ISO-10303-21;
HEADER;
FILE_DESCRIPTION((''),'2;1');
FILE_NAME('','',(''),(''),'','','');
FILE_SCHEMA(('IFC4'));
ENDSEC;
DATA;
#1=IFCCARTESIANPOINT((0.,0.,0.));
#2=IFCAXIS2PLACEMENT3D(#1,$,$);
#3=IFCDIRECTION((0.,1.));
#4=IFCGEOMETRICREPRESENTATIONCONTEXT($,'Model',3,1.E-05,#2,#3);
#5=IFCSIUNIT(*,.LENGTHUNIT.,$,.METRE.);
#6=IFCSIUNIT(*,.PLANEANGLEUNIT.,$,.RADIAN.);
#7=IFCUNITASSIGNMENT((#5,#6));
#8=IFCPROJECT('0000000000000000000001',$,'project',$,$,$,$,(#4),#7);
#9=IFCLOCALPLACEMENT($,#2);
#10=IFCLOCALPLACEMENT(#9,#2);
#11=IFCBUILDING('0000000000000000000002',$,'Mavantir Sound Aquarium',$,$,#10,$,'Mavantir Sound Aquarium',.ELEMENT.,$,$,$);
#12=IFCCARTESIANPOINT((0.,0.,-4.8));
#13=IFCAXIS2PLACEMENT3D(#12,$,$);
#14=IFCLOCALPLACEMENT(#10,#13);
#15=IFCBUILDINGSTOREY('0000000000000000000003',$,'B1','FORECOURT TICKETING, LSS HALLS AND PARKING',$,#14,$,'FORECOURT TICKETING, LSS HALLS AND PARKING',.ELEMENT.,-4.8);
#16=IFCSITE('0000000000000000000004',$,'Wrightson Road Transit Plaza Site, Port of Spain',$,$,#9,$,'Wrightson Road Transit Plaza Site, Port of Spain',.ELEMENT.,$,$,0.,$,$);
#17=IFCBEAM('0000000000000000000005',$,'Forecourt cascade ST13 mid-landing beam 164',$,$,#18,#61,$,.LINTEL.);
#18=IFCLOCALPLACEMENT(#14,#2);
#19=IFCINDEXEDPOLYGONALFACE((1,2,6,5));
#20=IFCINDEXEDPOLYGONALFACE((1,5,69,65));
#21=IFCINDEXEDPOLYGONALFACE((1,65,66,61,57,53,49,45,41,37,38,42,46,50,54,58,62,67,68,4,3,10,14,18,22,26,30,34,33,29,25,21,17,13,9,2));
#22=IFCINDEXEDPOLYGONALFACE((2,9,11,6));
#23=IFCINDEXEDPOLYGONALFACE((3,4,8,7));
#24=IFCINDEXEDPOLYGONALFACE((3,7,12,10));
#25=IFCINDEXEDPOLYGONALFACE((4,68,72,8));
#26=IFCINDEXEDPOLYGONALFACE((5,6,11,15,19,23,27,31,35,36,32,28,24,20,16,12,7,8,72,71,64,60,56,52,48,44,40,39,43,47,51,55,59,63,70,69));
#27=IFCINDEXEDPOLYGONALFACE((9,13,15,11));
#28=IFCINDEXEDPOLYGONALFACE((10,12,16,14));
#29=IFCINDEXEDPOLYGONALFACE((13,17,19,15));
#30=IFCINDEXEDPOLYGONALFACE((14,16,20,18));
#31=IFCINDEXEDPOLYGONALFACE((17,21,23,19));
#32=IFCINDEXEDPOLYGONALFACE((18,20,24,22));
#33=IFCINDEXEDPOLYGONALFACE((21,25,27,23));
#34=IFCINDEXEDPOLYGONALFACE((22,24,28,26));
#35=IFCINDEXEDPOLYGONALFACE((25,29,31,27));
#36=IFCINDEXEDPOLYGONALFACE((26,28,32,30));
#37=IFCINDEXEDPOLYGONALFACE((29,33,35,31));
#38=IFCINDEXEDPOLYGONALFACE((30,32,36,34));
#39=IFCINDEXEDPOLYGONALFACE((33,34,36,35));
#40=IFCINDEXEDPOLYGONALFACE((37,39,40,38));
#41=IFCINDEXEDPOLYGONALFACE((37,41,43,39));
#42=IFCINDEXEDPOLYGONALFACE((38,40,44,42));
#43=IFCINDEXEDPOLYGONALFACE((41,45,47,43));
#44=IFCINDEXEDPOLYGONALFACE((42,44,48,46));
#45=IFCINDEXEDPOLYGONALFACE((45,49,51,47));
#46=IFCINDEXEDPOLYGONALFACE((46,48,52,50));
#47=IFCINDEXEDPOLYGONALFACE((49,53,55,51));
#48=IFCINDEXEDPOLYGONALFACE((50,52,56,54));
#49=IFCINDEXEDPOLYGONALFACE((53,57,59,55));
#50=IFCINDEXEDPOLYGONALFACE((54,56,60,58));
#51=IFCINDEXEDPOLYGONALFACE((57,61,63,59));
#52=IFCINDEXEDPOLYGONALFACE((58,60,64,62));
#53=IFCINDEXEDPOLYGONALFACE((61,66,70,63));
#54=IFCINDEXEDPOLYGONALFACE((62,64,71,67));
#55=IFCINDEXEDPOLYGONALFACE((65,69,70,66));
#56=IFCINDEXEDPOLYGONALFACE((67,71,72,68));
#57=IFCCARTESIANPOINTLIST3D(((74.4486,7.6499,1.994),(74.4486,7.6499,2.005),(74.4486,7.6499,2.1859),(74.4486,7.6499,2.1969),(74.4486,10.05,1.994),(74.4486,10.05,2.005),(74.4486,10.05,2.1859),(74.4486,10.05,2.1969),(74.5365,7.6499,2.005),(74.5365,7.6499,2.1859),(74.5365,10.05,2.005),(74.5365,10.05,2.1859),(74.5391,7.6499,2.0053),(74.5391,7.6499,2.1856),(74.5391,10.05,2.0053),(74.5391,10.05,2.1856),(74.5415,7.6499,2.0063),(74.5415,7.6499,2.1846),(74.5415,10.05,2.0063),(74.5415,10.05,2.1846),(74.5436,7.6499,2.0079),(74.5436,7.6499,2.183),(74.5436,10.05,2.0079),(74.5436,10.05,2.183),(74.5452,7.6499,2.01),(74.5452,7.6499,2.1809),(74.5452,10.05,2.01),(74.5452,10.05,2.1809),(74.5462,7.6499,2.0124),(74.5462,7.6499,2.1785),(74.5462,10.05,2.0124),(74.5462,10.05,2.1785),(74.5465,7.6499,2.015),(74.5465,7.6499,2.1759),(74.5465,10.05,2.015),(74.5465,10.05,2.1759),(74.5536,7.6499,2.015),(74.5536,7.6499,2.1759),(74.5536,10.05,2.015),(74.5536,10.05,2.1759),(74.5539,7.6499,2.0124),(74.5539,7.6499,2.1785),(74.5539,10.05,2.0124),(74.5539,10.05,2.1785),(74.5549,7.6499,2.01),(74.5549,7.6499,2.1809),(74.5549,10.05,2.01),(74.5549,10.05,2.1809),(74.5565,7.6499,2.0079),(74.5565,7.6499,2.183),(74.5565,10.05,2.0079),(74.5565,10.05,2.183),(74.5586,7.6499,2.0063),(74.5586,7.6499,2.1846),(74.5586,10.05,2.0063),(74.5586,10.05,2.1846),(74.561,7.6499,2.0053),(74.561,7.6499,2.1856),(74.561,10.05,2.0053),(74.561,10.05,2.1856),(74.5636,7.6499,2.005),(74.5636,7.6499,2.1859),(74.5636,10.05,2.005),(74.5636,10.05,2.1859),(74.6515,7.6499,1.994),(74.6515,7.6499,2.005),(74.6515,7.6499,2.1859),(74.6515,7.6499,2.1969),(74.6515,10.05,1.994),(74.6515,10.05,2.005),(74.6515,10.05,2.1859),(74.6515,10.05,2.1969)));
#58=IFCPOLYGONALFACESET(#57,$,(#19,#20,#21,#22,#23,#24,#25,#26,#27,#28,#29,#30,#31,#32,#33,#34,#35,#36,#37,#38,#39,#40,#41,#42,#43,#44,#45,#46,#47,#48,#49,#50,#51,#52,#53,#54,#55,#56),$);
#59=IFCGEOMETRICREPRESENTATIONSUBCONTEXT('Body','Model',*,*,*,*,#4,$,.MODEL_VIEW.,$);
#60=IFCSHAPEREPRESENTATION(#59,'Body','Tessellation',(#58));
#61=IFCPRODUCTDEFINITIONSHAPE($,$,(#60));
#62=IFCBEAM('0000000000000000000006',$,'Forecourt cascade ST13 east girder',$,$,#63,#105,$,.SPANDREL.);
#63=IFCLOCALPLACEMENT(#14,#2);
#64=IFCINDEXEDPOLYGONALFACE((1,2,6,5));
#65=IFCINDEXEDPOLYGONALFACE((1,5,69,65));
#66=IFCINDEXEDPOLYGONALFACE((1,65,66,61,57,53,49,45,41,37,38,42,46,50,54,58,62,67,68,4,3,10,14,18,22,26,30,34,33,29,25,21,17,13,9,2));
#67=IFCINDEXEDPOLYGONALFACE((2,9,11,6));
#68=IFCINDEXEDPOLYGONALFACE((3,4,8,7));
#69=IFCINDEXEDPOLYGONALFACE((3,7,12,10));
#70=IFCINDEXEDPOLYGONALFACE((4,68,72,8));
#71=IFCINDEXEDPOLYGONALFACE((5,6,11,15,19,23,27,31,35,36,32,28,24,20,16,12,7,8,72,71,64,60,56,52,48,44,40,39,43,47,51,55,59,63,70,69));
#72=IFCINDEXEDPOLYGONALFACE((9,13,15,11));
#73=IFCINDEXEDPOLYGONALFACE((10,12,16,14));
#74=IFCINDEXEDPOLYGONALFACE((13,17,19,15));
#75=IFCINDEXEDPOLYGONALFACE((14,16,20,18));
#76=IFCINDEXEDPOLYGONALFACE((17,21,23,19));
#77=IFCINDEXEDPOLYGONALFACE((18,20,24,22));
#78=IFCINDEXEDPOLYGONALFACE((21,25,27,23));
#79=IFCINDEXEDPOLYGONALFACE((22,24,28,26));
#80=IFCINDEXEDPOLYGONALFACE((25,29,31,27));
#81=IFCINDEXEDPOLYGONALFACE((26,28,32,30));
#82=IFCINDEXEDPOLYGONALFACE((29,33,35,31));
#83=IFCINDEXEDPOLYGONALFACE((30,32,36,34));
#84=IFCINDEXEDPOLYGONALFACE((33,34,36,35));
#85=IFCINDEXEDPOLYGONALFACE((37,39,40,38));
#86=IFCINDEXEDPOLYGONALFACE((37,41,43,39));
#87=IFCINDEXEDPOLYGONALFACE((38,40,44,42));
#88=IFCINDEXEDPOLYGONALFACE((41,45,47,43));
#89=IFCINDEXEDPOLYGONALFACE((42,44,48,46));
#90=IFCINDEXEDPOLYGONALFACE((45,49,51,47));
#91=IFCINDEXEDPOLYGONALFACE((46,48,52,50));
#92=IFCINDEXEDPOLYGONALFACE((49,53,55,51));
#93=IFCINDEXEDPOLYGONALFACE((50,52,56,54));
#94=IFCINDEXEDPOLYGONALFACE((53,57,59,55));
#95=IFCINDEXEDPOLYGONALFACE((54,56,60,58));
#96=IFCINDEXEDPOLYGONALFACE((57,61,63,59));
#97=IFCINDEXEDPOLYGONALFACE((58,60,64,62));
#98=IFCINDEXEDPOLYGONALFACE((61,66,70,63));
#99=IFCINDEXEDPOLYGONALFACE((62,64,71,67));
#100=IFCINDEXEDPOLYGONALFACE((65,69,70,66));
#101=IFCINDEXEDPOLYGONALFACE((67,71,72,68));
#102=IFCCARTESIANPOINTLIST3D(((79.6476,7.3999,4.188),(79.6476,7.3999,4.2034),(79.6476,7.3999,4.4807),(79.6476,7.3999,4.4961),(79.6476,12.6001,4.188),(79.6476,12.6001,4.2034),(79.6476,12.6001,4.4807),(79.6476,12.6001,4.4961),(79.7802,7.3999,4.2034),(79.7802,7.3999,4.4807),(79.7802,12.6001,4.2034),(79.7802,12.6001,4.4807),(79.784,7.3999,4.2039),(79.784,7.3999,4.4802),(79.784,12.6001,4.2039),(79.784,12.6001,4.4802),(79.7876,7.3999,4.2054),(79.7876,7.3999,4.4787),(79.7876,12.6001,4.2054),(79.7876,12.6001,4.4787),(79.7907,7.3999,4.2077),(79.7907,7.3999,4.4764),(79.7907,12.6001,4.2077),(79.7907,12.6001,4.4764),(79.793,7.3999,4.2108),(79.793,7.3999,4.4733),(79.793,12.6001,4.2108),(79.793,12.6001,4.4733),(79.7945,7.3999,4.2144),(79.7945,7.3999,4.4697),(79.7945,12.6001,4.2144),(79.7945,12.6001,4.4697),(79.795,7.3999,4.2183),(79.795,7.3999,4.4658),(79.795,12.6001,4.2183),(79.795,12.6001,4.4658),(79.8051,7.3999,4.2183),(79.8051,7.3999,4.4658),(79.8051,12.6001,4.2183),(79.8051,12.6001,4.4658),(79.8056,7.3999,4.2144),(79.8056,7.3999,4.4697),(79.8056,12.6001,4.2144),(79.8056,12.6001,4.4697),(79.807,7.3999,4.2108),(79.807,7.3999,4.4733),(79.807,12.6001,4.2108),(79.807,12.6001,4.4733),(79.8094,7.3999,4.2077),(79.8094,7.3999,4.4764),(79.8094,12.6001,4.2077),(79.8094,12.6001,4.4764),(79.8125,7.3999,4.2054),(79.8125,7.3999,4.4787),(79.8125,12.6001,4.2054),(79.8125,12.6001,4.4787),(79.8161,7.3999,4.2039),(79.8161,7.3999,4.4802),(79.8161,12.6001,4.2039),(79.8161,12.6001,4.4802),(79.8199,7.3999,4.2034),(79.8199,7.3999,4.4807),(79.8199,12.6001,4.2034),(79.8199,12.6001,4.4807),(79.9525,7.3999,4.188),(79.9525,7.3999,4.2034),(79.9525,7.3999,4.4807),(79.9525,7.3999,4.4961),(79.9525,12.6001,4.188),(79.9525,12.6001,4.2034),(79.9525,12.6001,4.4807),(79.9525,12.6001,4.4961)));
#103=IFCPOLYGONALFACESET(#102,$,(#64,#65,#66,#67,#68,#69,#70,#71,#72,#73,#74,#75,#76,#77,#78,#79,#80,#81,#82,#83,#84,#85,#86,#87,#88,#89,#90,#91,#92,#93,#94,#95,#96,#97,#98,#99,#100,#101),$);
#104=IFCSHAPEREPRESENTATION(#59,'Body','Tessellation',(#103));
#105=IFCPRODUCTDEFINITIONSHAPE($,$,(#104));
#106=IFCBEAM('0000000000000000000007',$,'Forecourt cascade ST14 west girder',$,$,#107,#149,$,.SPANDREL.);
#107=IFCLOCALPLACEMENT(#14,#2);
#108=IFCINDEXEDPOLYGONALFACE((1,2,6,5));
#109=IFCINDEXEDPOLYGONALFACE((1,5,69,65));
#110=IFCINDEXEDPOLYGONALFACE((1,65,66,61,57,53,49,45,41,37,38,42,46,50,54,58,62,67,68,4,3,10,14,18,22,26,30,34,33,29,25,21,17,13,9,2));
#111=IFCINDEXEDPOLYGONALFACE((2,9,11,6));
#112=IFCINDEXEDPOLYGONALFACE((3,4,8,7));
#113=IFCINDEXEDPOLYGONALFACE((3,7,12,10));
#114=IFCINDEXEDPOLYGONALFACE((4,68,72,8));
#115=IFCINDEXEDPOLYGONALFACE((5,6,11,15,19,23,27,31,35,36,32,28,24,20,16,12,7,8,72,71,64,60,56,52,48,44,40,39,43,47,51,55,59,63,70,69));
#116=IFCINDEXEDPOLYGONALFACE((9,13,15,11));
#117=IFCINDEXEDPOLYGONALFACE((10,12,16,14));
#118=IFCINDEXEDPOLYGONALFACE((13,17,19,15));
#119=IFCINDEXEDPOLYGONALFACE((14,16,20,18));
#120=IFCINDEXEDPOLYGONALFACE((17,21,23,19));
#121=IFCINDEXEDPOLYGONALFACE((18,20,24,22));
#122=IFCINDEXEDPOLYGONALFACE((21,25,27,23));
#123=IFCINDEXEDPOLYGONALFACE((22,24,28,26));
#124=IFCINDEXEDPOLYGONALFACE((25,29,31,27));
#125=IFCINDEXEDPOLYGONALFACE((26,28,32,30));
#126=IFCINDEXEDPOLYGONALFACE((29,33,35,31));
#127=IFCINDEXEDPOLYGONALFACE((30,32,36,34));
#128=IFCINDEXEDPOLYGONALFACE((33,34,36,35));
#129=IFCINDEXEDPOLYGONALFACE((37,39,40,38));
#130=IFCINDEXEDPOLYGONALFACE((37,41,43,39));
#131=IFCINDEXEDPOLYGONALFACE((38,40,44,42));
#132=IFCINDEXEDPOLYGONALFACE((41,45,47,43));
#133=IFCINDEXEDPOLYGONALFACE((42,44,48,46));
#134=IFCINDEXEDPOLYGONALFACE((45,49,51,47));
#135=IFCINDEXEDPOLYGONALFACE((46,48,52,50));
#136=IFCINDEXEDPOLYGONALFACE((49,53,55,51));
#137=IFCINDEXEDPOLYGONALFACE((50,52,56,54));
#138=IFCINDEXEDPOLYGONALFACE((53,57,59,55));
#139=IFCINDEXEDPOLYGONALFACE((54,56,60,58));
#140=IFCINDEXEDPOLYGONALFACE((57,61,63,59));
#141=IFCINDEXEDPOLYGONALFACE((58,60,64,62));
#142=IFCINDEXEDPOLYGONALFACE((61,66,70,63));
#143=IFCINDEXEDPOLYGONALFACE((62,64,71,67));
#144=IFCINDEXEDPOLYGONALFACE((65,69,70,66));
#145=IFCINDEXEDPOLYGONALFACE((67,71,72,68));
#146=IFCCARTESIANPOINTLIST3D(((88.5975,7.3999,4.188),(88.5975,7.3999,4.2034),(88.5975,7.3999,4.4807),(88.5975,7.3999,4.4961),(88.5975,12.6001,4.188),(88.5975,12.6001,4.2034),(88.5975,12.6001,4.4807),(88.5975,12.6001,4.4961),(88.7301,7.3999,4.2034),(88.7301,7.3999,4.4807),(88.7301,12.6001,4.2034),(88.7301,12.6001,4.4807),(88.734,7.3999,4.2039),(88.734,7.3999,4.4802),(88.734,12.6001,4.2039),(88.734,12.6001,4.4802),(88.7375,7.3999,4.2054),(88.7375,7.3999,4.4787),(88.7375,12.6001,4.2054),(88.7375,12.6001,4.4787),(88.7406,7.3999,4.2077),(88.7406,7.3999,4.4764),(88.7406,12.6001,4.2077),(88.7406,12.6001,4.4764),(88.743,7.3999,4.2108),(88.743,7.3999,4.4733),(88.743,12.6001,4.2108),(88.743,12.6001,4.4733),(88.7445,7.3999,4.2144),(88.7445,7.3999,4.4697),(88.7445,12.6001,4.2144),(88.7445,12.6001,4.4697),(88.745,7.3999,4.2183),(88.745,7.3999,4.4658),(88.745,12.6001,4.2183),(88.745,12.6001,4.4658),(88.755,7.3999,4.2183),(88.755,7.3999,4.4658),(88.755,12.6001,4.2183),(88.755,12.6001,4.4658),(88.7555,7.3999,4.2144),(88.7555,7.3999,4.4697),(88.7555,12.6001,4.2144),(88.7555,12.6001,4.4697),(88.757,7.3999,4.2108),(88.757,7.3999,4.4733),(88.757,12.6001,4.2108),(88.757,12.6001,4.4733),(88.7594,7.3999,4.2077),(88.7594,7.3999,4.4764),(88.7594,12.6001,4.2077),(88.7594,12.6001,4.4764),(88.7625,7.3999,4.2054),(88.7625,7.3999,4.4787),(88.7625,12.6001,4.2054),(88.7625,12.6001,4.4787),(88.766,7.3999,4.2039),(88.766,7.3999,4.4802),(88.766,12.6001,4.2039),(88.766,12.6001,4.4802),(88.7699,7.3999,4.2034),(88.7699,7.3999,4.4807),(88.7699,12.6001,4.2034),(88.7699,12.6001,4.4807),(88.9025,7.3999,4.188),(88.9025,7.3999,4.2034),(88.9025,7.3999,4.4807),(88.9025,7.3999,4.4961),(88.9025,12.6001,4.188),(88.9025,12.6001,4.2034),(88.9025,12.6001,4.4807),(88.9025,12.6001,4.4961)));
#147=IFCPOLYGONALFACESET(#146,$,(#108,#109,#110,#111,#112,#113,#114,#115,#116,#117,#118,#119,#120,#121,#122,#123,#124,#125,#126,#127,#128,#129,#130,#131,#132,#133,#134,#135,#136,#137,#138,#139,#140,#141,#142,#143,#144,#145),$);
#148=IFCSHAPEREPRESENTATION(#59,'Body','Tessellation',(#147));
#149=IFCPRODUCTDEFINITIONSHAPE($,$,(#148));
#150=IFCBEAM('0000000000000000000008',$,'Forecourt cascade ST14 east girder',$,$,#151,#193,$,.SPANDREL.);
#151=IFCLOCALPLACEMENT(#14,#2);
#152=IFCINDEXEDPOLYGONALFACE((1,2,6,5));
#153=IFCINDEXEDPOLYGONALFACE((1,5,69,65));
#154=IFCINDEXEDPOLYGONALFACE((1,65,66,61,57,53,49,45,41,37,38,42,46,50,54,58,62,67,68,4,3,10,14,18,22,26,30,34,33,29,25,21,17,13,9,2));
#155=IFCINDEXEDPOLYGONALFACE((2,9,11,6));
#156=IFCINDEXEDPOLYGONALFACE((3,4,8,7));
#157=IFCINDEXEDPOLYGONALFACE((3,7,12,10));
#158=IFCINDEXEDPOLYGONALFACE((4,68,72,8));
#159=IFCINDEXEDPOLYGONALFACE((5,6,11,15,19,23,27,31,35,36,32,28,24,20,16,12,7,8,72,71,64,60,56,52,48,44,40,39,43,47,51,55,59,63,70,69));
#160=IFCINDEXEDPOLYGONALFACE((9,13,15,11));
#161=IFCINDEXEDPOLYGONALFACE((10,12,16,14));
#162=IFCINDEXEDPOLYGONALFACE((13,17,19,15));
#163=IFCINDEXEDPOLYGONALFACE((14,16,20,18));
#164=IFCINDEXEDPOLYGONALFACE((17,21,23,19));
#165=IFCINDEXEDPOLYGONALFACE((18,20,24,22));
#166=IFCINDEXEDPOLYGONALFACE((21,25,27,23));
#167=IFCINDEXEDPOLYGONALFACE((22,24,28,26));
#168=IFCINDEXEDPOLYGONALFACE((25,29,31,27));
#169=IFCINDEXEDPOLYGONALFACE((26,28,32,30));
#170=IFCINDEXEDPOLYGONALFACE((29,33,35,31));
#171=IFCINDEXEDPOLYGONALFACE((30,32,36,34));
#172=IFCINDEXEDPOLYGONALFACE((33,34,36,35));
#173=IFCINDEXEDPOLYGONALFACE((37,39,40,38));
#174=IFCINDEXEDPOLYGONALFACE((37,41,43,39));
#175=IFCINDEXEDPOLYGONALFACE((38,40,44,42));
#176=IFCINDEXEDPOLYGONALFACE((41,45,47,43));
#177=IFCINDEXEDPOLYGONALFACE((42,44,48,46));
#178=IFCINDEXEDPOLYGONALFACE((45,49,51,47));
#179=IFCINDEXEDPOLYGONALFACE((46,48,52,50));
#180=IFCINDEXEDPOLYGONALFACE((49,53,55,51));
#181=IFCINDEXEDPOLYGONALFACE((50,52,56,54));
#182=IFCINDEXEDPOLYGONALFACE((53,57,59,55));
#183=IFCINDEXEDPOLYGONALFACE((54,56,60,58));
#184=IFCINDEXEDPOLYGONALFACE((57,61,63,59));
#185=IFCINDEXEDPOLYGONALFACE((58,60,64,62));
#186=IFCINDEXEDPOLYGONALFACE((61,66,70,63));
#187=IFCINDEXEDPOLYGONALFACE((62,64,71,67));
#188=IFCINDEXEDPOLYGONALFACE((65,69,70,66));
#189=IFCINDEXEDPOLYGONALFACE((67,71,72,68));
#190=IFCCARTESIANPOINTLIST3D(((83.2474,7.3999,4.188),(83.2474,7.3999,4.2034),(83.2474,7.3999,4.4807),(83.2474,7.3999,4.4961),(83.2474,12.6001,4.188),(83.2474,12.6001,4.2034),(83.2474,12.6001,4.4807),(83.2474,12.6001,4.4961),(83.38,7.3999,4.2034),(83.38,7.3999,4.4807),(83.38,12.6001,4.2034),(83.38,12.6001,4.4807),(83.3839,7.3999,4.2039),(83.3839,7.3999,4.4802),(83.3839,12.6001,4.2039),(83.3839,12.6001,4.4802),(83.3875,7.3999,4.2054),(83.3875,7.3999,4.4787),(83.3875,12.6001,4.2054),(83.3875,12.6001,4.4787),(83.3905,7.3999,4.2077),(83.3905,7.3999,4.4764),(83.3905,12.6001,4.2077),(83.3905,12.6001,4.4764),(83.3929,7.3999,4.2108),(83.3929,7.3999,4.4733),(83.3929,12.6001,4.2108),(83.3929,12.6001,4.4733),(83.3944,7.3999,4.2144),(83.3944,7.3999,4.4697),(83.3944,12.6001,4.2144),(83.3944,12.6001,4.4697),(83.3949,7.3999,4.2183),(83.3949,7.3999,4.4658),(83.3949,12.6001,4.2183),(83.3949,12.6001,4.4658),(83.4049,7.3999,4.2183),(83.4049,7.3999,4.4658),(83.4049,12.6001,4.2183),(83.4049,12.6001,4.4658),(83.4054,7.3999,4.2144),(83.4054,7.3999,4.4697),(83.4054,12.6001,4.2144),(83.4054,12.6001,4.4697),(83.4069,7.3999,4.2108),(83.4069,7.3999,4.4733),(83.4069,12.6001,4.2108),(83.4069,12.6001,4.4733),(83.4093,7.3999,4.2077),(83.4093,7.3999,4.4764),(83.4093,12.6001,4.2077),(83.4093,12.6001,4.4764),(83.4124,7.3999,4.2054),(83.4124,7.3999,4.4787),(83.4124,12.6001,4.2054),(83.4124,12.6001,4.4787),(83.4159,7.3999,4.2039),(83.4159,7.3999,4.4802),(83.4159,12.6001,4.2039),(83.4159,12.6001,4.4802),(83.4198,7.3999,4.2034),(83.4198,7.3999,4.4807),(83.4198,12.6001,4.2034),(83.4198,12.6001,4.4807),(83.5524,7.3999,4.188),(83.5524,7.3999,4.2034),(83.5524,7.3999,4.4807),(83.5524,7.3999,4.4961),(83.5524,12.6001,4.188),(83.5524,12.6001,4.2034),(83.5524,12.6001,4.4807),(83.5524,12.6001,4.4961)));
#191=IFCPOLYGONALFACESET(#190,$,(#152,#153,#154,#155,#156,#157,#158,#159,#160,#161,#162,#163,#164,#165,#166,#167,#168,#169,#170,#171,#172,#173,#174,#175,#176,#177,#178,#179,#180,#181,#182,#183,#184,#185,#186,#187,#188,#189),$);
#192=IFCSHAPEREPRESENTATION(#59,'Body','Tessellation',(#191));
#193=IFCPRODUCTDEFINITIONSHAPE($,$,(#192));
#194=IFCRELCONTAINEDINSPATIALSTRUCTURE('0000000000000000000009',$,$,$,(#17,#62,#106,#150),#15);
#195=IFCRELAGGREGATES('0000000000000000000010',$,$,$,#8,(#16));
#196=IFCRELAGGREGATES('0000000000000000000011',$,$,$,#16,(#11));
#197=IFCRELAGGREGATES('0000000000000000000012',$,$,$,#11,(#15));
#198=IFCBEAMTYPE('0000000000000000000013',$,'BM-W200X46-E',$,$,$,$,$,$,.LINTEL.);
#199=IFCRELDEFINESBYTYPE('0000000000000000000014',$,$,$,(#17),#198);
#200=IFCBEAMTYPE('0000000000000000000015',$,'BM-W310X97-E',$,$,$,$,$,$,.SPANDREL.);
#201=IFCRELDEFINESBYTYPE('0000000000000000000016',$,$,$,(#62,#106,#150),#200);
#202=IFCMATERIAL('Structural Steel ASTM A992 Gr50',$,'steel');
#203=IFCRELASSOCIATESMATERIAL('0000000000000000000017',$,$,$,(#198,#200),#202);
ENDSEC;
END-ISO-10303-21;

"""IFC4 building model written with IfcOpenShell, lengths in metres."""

from ifc_helpers import new_model, si_unit, direction, frame, origin, origin_2d, place, context, subcontext, project, spatial, i_section, extrude, material, material_profile, profile_set, type_object, element, save


model = new_model("IFC4")

# Units and contexts
model_context = context("Model", 3, precision=1e-05, world=origin(), true_north=direction((0.0, 1.0)))
body_context = subcontext(model_context, "Body", "Model", "MODEL_VIEW")
ifc_project = project(units=[si_unit("LENGTHUNIT", "METRE"), si_unit("PLANEANGLEUNIT", "RADIAN")], contexts=[model_context])

# Site, building, storey
site_placement = place(None, origin())
site = spatial("IfcSite", under=ifc_project, at=site_placement, Name="Wrightson Road Transit Plaza Site, Port of Spain", LongName="Wrightson Road Transit Plaza Site, Port of Spain", CompositionType="ELEMENT", RefElevation=0.0)
building_placement = place(site_placement, origin())
building = spatial("IfcBuilding", under=site, at=building_placement, Name="Mavantir Sound Aquarium", LongName="Mavantir Sound Aquarium", CompositionType="ELEMENT")
storey_placement = place(building_placement, frame((0.0, 0.0, -4.8)))
storey = spatial("IfcBuildingStorey", under=building, at=storey_placement, Name="B1", Description="FORECOURT TICKETING, LSS HALLS AND PARKING", LongName="FORECOURT TICKETING, LSS HALLS AND PARKING", CompositionType="ELEMENT", Elevation=-4.8)

# Beams
ifc_material_1 = material(Name="Structural Steel ASTM A992 Gr50", Category="steel")
ifc_material_profile_1 = material_profile(ifc_material_1, i_section(OverallWidth=0.2029, OverallDepth=0.2029, WebThickness=0.0071, FlangeThickness=0.011, FilletRadius=0.01, at=origin_2d()), Name="W200X46")
ifc_profile_set_1 = profile_set([ifc_material_profile_1], Name="Structural Steel ASTM A992 Gr50")
beam_type_1 = type_object("IfcBeamType", Name="BM-W200X46-E", PredefinedType="LINTEL", material=ifc_profile_set_1)
for number, where, z_axis, x_axis, name in (
    (1, (74.55, 7.6499, 2.0955), (0.0, 1.0, 0.0), (-1.0, 0.0, 0.0), "Forecourt cascade ST13 mid-landing beam 164"),
):
    element("IfcBeam", number, at=place(storey_placement, frame(where, z_axis=z_axis, x_axis=x_axis)), inside=storey, type_object=beam_type_1, Name=name, PredefinedType="LINTEL", context=body_context, shape_type="SweptSolid", body=[
        extrude(i_section(OverallWidth=0.2029, OverallDepth=0.2029, WebThickness=0.0071, FlangeThickness=0.011, FilletRadius=0.01, at=origin_2d()), origin(), (0.0, 0.0, 1.0), 2.4001),
    ])
ifc_material_profile_2 = material_profile(ifc_material_1, i_section(OverallWidth=0.3049, OverallDepth=0.3081, WebThickness=0.01, FlangeThickness=0.0154, FilletRadius=0.0149, at=origin_2d()), Name="W310X97")
ifc_profile_set_2 = profile_set([ifc_material_profile_2], Name="Structural Steel ASTM A992 Gr50")
beam_type_2 = type_object("IfcBeamType", Name="BM-W310X97-E", PredefinedType="SPANDREL", material=ifc_profile_set_2)
for number, where, z_axis, x_axis, name in (
    (2, (79.8, 7.3999, 4.342), (0.0, 1.0, 0.0), (-1.0, 0.0, 0.0), "Forecourt cascade ST13 east girder"),
    (3, (88.75, 7.3999, 4.342), (0.0, 1.0, 0.0), (-1.0, 0.0, 0.0), "Forecourt cascade ST14 west girder"),
    (4, (83.3999, 7.3999, 4.342), (0.0, 1.0, 0.0), (-1.0, 0.0, 0.0), "Forecourt cascade ST14 east girder"),
):
    element("IfcBeam", number, at=place(storey_placement, frame(where, z_axis=z_axis, x_axis=x_axis)), inside=storey, type_object=beam_type_2, Name=name, PredefinedType="SPANDREL", context=body_context, shape_type="SweptSolid", body=[
        extrude(i_section(OverallWidth=0.3049, OverallDepth=0.3081, WebThickness=0.01, FlangeThickness=0.0154, FilletRadius=0.0149, at=origin_2d()), origin(), (0.0, 0.0, 1.0), 5.2002),
    ])

save(model, "model.ifc")
